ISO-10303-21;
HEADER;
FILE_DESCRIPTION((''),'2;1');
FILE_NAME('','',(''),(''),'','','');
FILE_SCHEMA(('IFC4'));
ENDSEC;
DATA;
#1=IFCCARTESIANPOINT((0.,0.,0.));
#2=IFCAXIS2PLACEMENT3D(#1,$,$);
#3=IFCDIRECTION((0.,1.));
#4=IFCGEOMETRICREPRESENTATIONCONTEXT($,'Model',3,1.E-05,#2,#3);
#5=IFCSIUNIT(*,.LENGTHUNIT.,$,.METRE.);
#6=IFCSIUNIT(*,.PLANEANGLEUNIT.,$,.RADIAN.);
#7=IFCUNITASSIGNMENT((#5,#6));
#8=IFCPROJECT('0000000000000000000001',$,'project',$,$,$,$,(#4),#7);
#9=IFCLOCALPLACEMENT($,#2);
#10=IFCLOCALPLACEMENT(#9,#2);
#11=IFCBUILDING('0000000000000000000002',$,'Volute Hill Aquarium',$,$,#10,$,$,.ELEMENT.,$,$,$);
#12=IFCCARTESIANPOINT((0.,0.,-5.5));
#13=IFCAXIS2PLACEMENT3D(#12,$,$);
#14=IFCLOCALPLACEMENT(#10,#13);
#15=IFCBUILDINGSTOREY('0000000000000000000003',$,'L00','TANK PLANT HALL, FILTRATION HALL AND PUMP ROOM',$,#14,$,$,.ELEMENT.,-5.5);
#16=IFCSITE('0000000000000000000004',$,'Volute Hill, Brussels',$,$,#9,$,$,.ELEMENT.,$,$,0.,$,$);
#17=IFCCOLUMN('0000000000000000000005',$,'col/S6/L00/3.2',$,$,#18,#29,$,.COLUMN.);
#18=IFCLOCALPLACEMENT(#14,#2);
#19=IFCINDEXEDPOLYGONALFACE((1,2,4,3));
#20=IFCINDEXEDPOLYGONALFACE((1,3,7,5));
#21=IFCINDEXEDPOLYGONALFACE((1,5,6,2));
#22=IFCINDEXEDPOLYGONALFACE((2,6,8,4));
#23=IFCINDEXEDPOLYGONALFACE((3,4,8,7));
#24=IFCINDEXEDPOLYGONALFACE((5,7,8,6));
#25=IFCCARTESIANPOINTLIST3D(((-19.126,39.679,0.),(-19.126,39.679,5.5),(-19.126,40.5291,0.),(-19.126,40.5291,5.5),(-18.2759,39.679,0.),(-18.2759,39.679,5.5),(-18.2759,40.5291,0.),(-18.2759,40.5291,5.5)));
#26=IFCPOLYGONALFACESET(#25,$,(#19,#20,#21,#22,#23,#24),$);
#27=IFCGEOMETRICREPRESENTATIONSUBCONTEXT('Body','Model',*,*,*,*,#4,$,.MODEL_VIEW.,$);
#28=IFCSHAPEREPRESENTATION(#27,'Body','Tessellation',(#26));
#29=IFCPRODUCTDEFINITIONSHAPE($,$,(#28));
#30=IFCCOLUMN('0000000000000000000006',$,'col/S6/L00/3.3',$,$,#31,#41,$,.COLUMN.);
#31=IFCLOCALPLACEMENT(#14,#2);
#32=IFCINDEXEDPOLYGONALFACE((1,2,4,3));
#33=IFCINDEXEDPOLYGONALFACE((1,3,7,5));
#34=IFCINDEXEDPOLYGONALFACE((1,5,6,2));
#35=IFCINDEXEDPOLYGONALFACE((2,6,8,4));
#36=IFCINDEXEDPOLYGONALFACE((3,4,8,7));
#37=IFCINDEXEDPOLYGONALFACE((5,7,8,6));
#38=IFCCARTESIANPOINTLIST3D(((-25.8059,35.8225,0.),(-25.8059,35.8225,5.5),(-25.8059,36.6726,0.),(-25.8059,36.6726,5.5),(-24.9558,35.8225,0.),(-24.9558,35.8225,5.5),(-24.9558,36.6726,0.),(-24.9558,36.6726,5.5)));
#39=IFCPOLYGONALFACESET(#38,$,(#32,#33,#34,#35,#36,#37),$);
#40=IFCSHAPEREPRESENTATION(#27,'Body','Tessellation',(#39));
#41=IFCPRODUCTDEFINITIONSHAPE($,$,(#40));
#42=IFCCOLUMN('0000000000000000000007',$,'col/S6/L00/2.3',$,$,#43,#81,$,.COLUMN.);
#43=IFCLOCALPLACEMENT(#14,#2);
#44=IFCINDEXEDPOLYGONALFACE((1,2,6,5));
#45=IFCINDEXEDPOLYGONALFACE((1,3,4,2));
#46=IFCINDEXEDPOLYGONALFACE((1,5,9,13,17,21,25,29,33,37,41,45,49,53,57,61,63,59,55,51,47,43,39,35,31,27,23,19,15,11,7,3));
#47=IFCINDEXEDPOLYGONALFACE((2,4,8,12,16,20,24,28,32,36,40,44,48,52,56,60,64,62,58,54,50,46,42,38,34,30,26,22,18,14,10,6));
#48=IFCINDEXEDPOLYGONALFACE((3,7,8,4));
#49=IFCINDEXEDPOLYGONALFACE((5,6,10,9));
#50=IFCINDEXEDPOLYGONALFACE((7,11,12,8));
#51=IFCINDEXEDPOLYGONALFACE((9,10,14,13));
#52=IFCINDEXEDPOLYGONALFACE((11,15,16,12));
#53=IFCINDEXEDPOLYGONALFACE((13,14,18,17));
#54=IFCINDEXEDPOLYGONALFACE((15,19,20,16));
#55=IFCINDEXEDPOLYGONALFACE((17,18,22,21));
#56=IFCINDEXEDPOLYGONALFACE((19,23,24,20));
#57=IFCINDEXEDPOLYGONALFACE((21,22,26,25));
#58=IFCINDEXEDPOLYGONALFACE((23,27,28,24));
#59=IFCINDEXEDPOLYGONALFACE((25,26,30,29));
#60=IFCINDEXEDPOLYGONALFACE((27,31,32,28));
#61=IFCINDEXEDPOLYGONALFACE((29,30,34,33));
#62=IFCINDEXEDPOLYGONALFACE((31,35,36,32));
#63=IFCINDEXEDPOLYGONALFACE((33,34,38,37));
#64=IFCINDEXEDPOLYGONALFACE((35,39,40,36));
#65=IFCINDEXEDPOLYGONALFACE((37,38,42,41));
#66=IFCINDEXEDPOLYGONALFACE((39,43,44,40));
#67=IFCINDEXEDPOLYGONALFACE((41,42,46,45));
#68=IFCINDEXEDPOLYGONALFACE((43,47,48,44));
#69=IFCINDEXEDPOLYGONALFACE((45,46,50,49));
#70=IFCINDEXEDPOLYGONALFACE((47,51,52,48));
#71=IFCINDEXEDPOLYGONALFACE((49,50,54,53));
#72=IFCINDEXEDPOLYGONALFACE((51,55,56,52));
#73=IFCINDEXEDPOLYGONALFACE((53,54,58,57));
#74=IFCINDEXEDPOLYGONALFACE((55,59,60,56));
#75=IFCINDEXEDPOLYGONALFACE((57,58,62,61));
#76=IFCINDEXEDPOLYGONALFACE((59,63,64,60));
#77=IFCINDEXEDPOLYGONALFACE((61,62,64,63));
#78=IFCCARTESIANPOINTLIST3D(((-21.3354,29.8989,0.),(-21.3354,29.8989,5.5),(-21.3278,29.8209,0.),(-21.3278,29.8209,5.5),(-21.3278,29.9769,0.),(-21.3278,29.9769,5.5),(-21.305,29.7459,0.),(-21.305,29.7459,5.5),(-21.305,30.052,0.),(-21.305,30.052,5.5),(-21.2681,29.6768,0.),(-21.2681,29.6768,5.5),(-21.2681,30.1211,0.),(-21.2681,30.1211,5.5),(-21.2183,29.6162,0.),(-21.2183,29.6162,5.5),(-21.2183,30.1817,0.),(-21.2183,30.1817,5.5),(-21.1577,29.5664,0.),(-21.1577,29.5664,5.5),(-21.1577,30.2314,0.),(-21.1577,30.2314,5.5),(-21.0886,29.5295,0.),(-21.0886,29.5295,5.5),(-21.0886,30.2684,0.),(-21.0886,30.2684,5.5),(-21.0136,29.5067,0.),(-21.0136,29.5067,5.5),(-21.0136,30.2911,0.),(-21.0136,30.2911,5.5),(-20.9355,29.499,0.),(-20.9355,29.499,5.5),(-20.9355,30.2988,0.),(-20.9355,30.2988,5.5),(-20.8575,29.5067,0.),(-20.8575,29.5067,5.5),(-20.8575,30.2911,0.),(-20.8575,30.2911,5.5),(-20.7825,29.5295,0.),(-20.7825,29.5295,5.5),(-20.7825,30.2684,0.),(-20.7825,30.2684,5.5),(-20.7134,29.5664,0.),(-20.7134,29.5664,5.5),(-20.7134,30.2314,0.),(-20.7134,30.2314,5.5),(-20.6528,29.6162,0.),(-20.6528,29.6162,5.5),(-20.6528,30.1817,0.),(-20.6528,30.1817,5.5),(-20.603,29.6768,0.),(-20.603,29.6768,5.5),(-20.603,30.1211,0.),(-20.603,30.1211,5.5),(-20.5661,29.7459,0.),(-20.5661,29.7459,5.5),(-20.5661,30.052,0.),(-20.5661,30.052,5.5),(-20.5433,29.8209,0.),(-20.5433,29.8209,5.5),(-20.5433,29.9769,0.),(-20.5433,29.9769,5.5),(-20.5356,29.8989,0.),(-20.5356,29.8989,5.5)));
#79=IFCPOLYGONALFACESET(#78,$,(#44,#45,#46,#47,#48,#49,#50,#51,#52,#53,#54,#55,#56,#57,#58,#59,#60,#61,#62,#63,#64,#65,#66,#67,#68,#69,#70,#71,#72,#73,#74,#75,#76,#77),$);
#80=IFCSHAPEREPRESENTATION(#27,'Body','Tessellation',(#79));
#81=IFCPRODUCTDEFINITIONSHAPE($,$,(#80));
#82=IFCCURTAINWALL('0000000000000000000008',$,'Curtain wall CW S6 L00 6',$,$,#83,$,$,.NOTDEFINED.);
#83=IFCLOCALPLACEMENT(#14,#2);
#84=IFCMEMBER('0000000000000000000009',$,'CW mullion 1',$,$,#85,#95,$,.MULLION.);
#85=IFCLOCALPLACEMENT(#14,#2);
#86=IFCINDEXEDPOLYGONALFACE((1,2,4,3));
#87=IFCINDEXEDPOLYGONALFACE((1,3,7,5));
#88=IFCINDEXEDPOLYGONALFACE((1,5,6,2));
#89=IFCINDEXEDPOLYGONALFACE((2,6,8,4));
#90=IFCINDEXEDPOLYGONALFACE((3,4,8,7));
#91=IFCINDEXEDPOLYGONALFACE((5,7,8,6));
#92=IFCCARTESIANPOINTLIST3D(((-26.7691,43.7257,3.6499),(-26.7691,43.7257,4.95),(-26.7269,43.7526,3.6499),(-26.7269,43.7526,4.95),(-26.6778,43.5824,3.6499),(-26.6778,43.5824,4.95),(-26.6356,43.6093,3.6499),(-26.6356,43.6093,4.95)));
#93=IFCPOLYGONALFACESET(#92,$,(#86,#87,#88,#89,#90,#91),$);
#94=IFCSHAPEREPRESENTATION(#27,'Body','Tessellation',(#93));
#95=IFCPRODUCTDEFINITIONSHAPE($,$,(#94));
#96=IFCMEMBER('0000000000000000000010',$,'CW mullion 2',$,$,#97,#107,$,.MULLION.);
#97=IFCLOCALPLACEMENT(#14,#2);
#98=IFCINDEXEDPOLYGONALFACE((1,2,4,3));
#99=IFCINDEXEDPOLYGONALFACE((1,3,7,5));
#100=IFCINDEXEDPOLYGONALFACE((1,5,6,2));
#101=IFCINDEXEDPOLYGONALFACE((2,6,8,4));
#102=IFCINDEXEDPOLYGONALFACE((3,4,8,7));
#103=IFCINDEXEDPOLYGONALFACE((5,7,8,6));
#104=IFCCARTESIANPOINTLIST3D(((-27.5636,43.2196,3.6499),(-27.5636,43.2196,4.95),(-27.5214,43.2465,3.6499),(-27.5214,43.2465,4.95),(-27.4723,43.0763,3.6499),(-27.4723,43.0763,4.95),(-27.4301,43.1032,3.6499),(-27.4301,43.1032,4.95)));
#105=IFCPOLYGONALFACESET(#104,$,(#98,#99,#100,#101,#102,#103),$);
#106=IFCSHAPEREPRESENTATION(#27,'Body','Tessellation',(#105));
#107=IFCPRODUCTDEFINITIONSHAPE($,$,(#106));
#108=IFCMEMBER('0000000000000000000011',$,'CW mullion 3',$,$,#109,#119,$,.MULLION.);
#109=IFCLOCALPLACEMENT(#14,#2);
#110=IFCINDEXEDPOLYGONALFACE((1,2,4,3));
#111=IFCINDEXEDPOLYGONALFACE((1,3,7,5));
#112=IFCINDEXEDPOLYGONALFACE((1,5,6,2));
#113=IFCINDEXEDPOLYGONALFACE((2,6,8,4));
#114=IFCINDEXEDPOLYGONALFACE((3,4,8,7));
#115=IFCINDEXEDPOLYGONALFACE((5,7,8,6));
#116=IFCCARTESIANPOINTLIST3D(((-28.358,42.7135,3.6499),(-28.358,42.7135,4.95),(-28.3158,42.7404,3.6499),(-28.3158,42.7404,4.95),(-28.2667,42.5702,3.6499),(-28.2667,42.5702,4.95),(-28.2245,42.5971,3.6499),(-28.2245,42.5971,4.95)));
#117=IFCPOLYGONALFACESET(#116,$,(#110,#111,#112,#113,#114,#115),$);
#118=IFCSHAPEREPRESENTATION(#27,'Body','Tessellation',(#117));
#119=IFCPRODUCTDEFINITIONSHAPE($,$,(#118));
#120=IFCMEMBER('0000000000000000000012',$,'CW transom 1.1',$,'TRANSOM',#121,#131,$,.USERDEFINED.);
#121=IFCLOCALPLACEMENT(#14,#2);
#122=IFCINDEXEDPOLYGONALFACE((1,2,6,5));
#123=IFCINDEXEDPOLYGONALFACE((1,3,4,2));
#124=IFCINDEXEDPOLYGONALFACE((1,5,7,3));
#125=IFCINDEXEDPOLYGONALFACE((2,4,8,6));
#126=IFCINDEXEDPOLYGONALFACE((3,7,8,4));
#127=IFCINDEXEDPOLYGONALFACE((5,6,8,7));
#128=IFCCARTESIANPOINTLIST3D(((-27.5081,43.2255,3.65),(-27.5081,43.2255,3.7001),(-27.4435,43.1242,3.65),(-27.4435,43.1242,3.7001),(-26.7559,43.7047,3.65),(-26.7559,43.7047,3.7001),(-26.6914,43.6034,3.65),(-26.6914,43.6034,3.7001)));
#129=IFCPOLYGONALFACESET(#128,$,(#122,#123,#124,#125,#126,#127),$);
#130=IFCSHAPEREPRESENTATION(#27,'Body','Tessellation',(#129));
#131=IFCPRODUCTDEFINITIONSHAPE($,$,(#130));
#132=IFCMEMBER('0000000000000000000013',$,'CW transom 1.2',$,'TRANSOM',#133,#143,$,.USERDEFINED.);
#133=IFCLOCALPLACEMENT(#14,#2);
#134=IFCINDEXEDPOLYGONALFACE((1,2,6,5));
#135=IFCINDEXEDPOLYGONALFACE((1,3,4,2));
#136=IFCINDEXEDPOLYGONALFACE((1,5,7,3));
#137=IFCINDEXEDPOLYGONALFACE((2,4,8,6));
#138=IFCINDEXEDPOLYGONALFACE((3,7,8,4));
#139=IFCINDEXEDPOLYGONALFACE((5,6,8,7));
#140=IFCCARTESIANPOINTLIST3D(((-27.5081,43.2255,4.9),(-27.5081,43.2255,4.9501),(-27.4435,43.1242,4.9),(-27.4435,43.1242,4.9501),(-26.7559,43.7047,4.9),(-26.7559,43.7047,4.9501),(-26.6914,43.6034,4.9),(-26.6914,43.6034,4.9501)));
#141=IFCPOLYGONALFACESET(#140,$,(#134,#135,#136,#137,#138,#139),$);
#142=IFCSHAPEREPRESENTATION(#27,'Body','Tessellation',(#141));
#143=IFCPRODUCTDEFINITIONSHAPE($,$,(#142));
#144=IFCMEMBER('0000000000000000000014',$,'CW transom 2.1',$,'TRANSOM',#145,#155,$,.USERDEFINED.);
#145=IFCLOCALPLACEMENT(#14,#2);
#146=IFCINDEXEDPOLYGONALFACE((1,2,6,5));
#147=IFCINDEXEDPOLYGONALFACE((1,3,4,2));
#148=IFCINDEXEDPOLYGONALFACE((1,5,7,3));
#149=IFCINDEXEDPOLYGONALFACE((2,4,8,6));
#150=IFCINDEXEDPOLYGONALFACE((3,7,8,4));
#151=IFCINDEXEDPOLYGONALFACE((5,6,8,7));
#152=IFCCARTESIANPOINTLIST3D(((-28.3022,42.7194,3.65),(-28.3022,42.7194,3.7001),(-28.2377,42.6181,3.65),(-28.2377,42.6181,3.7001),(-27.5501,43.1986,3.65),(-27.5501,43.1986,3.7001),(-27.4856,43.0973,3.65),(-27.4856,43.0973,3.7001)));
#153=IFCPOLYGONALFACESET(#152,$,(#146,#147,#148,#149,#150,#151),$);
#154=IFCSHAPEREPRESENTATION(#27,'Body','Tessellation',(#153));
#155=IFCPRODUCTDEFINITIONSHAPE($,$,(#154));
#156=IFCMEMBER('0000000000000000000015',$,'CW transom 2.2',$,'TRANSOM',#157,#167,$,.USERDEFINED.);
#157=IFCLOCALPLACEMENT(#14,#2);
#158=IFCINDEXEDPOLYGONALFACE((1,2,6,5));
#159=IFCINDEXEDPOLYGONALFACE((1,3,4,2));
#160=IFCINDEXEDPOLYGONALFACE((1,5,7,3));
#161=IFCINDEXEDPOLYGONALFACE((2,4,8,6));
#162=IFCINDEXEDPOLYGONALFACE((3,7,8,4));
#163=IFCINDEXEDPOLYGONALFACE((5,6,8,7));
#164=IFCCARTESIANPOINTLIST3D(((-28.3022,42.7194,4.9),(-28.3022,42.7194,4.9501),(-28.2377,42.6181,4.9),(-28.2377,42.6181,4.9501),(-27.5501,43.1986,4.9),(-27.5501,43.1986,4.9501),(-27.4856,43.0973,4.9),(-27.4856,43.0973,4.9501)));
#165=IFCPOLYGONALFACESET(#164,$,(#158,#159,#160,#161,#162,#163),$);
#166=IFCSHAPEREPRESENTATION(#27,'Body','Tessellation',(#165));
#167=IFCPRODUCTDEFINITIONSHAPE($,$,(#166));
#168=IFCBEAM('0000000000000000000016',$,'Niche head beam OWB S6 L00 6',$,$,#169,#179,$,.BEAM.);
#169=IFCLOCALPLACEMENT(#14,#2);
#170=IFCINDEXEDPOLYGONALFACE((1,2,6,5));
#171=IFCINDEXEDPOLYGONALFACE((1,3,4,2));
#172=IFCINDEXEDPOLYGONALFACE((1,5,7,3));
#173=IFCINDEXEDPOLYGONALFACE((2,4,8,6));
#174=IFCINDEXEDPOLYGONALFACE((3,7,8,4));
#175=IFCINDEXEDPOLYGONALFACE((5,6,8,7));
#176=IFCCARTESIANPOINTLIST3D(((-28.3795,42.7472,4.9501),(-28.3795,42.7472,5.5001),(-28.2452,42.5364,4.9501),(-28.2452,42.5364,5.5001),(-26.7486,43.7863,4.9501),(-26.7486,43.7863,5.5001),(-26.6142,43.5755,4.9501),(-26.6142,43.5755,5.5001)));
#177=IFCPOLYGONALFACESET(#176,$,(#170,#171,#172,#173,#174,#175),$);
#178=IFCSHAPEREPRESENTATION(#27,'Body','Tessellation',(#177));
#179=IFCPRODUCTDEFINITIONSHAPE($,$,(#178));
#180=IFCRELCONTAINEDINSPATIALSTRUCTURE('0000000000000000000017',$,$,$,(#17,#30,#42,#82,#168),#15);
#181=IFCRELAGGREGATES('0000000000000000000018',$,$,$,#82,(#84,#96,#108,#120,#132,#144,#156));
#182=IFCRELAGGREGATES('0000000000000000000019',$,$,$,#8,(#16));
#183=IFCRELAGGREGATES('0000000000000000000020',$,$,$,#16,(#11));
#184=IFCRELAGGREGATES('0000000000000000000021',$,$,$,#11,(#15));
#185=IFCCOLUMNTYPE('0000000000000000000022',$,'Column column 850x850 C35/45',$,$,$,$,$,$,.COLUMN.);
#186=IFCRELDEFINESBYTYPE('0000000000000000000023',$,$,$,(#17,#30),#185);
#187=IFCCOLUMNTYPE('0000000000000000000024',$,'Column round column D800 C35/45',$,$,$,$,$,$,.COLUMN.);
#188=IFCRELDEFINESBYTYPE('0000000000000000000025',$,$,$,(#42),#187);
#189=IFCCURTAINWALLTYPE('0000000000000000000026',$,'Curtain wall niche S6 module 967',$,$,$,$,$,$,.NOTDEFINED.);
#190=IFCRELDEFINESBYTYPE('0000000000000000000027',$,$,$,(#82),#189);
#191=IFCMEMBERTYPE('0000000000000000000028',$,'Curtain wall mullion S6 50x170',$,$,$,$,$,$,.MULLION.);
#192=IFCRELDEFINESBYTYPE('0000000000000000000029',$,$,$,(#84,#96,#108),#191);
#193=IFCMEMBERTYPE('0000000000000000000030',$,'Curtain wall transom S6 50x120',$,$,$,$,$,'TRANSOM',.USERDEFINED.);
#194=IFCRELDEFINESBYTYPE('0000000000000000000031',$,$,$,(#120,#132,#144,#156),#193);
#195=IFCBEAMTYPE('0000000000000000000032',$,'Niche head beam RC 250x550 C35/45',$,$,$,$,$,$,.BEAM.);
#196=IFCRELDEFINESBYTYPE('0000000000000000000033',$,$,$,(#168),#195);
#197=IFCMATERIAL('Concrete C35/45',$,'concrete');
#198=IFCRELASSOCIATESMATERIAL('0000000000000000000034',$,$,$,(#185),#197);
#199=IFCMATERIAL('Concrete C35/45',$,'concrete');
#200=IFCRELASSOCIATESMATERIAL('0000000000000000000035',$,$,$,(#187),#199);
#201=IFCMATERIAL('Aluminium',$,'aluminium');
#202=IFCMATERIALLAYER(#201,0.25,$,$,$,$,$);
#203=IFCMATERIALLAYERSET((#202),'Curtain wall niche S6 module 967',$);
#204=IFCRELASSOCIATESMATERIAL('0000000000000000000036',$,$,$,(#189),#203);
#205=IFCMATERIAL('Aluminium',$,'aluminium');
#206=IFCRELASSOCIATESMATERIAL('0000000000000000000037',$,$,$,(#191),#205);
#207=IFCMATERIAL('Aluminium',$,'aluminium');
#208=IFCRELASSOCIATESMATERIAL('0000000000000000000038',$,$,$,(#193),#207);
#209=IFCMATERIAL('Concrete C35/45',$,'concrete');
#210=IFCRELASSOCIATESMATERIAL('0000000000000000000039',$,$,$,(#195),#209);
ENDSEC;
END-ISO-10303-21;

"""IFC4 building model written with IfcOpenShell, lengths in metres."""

from ifc_helpers import new_model, si_unit, direction, frame, origin, origin_2d, place, context, subcontext, project, spatial, rectangle, circle, extrude, material, layer, layer_set, material_profile, profile_set, type_object, element, aggregate, save


model = new_model("IFC4")

# Units and contexts
model_context = context("Model", 3, precision=1e-05, world=origin(), true_north=direction((0.0, 1.0)))
body_context = subcontext(model_context, "Body", "Model", "MODEL_VIEW")
ifc_project = project(units=[si_unit("LENGTHUNIT", "METRE"), si_unit("PLANEANGLEUNIT", "RADIAN")], contexts=[model_context])

# Site, building, storey
site_placement = place(None, origin())
site = spatial("IfcSite", under=ifc_project, at=site_placement, Name="Volute Hill, Brussels", CompositionType="ELEMENT", RefElevation=0.0)
building_placement = place(site_placement, origin())
building = spatial("IfcBuilding", under=site, at=building_placement, Name="Volute Hill Aquarium", CompositionType="ELEMENT")
storey_placement = place(building_placement, frame((0.0, 0.0, -5.5)))
storey = spatial("IfcBuildingStorey", under=building, at=storey_placement, Name="L00", Description="TANK PLANT HALL, FILTRATION HALL AND PUMP ROOM", CompositionType="ELEMENT", Elevation=-5.5)

# Columns
ifc_material_1 = material(Name="Concrete C35/45", Category="concrete")
ifc_material_profile_1 = material_profile(ifc_material_1, rectangle(XDim=0.8501, YDim=0.8501, at=origin_2d()), Name="RC column 850x850")
ifc_profile_set_1 = profile_set([ifc_material_profile_1], Name="Concrete C35/45")
column_type_1 = type_object("IfcColumnType", Name="Column column 850x850 C35/45", PredefinedType="COLUMN", material=ifc_profile_set_1)
for number, where, z_axis, x_axis, name in (
    (1, (-18.7009, 40.104, 0.0), (0.0, 0.0, 1.0), (1.0, 0.0, 0.0), "col/S6/L00/3.2"),
    (2, (-25.3809, 36.2476, 0.0), (0.0, 0.0, 1.0), (1.0, 0.0, 0.0), "col/S6/L00/3.3"),
):
    element("IfcColumn", number, at=place(storey_placement, frame(where, z_axis=z_axis, x_axis=x_axis)), inside=storey, type_object=column_type_1, Name=name, PredefinedType="COLUMN", context=body_context, shape_type="SweptSolid", body=[
        extrude(rectangle(XDim=0.8501, YDim=0.8501, at=origin_2d()), origin(), (0.0, 0.0, 1.0), 5.5),
    ])
ifc_material_2 = material(Name="Concrete C35/45", Category="concrete")
ifc_material_profile_2 = material_profile(ifc_material_2, circle(Radius=0.3999, at=origin_2d()), Name="RC round column D800")
ifc_profile_set_2 = profile_set([ifc_material_profile_2], Name="Concrete C35/45")
column_type_2 = type_object("IfcColumnType", Name="Column round column D800 C35/45", PredefinedType="COLUMN", material=ifc_profile_set_2)
column_placement = place(storey_placement, frame((-20.9355, 29.8989, 0.0), z_axis=(0.0, 0.0, 1.0), x_axis=(1.0, 0.0, 0.0)))
element("IfcColumn", 3, at=column_placement, inside=storey, type_object=column_type_2, Name="col/S6/L00/2.3", PredefinedType="COLUMN", context=body_context, shape_type="SweptSolid", body=[
    extrude(circle(Radius=0.3999, at=origin_2d()), origin(), (0.0, 0.0, 1.0), 5.5),
])

# Curtain wall, members
ifc_material_3 = material(Name="Aluminium", Category="aluminium")
ifc_layer_1 = layer(ifc_material_3, 0.25)
ifc_layer_set_1 = layer_set([ifc_layer_1], Name="Curtain wall niche S6 module 967")
curtain_wall_type = type_object("IfcCurtainWallType", Name="Curtain wall niche S6 module 967", PredefinedType="NOTDEFINED", material=ifc_layer_set_1)
curtain_wall_placement = place(storey_placement, origin())
curtain_wall = element("IfcCurtainWall", 4, at=curtain_wall_placement, inside=storey, type_object=curtain_wall_type, Name="Curtain wall CW S6 L00 6", PredefinedType="NOTDEFINED")
ifc_material_4 = material(Name="Aluminium", Category="aluminium")
ifc_material_profile_3 = material_profile(ifc_material_4, rectangle(XDim=0.1699, YDim=0.05, at=origin_2d()), Name="Curtain wall mullion S6 50x170")
ifc_profile_set_3 = profile_set([ifc_material_profile_3], Name="Aluminium")
member_type_1 = type_object("IfcMemberType", Name="Curtain wall mullion S6 50x170", PredefinedType="MULLION", material=ifc_profile_set_3)
member_1_placement = place(storey_placement, frame((-26.7024, 43.6675, 3.6499), z_axis=(0.0, 0.0, 1.0), x_axis=(0.537295, -0.843395, 0.0)))
member_1 = element("IfcMember", 5, at=member_1_placement, type_object=member_type_1, Name="CW mullion 1", PredefinedType="MULLION", context=body_context, shape_type="SweptSolid", body=[
    extrude(rectangle(XDim=0.1699, YDim=0.05, at=origin_2d()), origin(), (0.0, 0.0, 1.0), 1.3),
])
member_2_placement = place(storey_placement, frame((-27.4968, 43.1614, 3.6499), z_axis=(0.0, 0.0, 1.0), x_axis=(0.537295, -0.843395, 0.0)))
member_2 = element("IfcMember", 6, at=member_2_placement, type_object=member_type_1, Name="CW mullion 2", PredefinedType="MULLION", context=body_context, shape_type="SweptSolid", body=[
    extrude(rectangle(XDim=0.1699, YDim=0.05, at=origin_2d()), origin(), (0.0, 0.0, 1.0), 1.3),
])
member_3_placement = place(storey_placement, frame((-28.2913, 42.6553, 3.6499), z_axis=(0.0, 0.0, 1.0), x_axis=(0.537295, -0.843395, 0.0)))
member_3 = element("IfcMember", 7, at=member_3_placement, type_object=member_type_1, Name="CW mullion 3", PredefinedType="MULLION", context=body_context, shape_type="SweptSolid", body=[
    extrude(rectangle(XDim=0.1699, YDim=0.05, at=origin_2d()), origin(), (0.0, 0.0, 1.0), 1.3),
])
ifc_material_5 = material(Name="Aluminium", Category="aluminium")
ifc_material_profile_4 = material_profile(ifc_material_5, rectangle(XDim=0.1201, YDim=0.05, at=origin_2d()), Name="Curtain wall transom S6 50x120")
ifc_profile_set_4 = profile_set([ifc_material_profile_4], Name="Aluminium")
member_type_2 = type_object("IfcMemberType", Name="Curtain wall transom S6 50x120", ElementType="TRANSOM", PredefinedType="USERDEFINED", material=ifc_profile_set_4)
member_4_placement = place(storey_placement, frame((-26.7236, 43.6541, 3.675), z_axis=(-0.843368, -0.537336, 0.0), x_axis=(0.537336, -0.843368, 0.0)))
member_4 = element("IfcMember", 8, at=member_4_placement, type_object=member_type_2, Name="CW transom 1.1", ObjectType="TRANSOM", PredefinedType="USERDEFINED", context=body_context, shape_type="SweptSolid", body=[
    extrude(rectangle(XDim=0.1201, YDim=0.05, at=origin_2d()), origin(), (0.0, 0.0, 1.0), 0.8918),
])
member_5_placement = place(storey_placement, frame((-26.7236, 43.6541, 4.925), z_axis=(-0.843368, -0.537336, 0.0), x_axis=(0.537336, -0.843368, 0.0)))
member_5 = element("IfcMember", 9, at=member_5_placement, type_object=member_type_2, Name="CW transom 1.2", ObjectType="TRANSOM", PredefinedType="USERDEFINED", context=body_context, shape_type="SweptSolid", body=[
    extrude(rectangle(XDim=0.1201, YDim=0.05, at=origin_2d()), origin(), (0.0, 0.0, 1.0), 0.8918),
])
member_6_placement = place(storey_placement, frame((-27.5178, 43.1479, 3.675), z_axis=(-0.843368, -0.537336, 0.0), x_axis=(0.537336, -0.843368, 0.0)))
member_6 = element("IfcMember", 10, at=member_6_placement, type_object=member_type_2, Name="CW transom 2.1", ObjectType="TRANSOM", PredefinedType="USERDEFINED", context=body_context, shape_type="SweptSolid", body=[
    extrude(rectangle(XDim=0.1201, YDim=0.05, at=origin_2d()), origin(), (0.0, 0.0, 1.0), 0.8918),
])
member_7_placement = place(storey_placement, frame((-27.5178, 43.1479, 4.925), z_axis=(-0.843368, -0.537336, 0.0), x_axis=(0.537336, -0.843368, 0.0)))
member_7 = element("IfcMember", 11, at=member_7_placement, type_object=member_type_2, Name="CW transom 2.2", ObjectType="TRANSOM", PredefinedType="USERDEFINED", context=body_context, shape_type="SweptSolid", body=[
    extrude(rectangle(XDim=0.1201, YDim=0.05, at=origin_2d()), origin(), (0.0, 0.0, 1.0), 0.8918),
])

# Beam
ifc_material_6 = material(Name="Concrete C35/45", Category="concrete")
ifc_material_profile_5 = material_profile(ifc_material_6, rectangle(XDim=0.25, YDim=0.55, at=origin_2d()), Name="RC beam 250x550")
ifc_profile_set_5 = profile_set([ifc_material_profile_5], Name="Concrete C35/45")
beam_type_1 = type_object("IfcBeamType", Name="Niche head beam RC 250x550 C35/45", PredefinedType="BEAM", material=ifc_profile_set_5)
beam_1_placement = place(storey_placement, frame((-26.6814, 43.6809, 5.2251), z_axis=(-0.84337, -0.537333, 0.0), x_axis=(0.537333, -0.84337, 0.0)))
element("IfcBeam", 12, at=beam_1_placement, inside=storey, type_object=beam_type_1, Name="Niche head beam OWB S6 L00 6", PredefinedType="BEAM", context=body_context, shape_type="SweptSolid", body=[
    extrude(rectangle(XDim=0.25, YDim=0.55, at=origin_2d()), origin(), (0.0, 0.0, 1.0), 1.9338),
])

aggregate(curtain_wall, [member_1, member_2, member_3, member_4, member_5, member_6, member_7])

save(model, "model.ifc")
